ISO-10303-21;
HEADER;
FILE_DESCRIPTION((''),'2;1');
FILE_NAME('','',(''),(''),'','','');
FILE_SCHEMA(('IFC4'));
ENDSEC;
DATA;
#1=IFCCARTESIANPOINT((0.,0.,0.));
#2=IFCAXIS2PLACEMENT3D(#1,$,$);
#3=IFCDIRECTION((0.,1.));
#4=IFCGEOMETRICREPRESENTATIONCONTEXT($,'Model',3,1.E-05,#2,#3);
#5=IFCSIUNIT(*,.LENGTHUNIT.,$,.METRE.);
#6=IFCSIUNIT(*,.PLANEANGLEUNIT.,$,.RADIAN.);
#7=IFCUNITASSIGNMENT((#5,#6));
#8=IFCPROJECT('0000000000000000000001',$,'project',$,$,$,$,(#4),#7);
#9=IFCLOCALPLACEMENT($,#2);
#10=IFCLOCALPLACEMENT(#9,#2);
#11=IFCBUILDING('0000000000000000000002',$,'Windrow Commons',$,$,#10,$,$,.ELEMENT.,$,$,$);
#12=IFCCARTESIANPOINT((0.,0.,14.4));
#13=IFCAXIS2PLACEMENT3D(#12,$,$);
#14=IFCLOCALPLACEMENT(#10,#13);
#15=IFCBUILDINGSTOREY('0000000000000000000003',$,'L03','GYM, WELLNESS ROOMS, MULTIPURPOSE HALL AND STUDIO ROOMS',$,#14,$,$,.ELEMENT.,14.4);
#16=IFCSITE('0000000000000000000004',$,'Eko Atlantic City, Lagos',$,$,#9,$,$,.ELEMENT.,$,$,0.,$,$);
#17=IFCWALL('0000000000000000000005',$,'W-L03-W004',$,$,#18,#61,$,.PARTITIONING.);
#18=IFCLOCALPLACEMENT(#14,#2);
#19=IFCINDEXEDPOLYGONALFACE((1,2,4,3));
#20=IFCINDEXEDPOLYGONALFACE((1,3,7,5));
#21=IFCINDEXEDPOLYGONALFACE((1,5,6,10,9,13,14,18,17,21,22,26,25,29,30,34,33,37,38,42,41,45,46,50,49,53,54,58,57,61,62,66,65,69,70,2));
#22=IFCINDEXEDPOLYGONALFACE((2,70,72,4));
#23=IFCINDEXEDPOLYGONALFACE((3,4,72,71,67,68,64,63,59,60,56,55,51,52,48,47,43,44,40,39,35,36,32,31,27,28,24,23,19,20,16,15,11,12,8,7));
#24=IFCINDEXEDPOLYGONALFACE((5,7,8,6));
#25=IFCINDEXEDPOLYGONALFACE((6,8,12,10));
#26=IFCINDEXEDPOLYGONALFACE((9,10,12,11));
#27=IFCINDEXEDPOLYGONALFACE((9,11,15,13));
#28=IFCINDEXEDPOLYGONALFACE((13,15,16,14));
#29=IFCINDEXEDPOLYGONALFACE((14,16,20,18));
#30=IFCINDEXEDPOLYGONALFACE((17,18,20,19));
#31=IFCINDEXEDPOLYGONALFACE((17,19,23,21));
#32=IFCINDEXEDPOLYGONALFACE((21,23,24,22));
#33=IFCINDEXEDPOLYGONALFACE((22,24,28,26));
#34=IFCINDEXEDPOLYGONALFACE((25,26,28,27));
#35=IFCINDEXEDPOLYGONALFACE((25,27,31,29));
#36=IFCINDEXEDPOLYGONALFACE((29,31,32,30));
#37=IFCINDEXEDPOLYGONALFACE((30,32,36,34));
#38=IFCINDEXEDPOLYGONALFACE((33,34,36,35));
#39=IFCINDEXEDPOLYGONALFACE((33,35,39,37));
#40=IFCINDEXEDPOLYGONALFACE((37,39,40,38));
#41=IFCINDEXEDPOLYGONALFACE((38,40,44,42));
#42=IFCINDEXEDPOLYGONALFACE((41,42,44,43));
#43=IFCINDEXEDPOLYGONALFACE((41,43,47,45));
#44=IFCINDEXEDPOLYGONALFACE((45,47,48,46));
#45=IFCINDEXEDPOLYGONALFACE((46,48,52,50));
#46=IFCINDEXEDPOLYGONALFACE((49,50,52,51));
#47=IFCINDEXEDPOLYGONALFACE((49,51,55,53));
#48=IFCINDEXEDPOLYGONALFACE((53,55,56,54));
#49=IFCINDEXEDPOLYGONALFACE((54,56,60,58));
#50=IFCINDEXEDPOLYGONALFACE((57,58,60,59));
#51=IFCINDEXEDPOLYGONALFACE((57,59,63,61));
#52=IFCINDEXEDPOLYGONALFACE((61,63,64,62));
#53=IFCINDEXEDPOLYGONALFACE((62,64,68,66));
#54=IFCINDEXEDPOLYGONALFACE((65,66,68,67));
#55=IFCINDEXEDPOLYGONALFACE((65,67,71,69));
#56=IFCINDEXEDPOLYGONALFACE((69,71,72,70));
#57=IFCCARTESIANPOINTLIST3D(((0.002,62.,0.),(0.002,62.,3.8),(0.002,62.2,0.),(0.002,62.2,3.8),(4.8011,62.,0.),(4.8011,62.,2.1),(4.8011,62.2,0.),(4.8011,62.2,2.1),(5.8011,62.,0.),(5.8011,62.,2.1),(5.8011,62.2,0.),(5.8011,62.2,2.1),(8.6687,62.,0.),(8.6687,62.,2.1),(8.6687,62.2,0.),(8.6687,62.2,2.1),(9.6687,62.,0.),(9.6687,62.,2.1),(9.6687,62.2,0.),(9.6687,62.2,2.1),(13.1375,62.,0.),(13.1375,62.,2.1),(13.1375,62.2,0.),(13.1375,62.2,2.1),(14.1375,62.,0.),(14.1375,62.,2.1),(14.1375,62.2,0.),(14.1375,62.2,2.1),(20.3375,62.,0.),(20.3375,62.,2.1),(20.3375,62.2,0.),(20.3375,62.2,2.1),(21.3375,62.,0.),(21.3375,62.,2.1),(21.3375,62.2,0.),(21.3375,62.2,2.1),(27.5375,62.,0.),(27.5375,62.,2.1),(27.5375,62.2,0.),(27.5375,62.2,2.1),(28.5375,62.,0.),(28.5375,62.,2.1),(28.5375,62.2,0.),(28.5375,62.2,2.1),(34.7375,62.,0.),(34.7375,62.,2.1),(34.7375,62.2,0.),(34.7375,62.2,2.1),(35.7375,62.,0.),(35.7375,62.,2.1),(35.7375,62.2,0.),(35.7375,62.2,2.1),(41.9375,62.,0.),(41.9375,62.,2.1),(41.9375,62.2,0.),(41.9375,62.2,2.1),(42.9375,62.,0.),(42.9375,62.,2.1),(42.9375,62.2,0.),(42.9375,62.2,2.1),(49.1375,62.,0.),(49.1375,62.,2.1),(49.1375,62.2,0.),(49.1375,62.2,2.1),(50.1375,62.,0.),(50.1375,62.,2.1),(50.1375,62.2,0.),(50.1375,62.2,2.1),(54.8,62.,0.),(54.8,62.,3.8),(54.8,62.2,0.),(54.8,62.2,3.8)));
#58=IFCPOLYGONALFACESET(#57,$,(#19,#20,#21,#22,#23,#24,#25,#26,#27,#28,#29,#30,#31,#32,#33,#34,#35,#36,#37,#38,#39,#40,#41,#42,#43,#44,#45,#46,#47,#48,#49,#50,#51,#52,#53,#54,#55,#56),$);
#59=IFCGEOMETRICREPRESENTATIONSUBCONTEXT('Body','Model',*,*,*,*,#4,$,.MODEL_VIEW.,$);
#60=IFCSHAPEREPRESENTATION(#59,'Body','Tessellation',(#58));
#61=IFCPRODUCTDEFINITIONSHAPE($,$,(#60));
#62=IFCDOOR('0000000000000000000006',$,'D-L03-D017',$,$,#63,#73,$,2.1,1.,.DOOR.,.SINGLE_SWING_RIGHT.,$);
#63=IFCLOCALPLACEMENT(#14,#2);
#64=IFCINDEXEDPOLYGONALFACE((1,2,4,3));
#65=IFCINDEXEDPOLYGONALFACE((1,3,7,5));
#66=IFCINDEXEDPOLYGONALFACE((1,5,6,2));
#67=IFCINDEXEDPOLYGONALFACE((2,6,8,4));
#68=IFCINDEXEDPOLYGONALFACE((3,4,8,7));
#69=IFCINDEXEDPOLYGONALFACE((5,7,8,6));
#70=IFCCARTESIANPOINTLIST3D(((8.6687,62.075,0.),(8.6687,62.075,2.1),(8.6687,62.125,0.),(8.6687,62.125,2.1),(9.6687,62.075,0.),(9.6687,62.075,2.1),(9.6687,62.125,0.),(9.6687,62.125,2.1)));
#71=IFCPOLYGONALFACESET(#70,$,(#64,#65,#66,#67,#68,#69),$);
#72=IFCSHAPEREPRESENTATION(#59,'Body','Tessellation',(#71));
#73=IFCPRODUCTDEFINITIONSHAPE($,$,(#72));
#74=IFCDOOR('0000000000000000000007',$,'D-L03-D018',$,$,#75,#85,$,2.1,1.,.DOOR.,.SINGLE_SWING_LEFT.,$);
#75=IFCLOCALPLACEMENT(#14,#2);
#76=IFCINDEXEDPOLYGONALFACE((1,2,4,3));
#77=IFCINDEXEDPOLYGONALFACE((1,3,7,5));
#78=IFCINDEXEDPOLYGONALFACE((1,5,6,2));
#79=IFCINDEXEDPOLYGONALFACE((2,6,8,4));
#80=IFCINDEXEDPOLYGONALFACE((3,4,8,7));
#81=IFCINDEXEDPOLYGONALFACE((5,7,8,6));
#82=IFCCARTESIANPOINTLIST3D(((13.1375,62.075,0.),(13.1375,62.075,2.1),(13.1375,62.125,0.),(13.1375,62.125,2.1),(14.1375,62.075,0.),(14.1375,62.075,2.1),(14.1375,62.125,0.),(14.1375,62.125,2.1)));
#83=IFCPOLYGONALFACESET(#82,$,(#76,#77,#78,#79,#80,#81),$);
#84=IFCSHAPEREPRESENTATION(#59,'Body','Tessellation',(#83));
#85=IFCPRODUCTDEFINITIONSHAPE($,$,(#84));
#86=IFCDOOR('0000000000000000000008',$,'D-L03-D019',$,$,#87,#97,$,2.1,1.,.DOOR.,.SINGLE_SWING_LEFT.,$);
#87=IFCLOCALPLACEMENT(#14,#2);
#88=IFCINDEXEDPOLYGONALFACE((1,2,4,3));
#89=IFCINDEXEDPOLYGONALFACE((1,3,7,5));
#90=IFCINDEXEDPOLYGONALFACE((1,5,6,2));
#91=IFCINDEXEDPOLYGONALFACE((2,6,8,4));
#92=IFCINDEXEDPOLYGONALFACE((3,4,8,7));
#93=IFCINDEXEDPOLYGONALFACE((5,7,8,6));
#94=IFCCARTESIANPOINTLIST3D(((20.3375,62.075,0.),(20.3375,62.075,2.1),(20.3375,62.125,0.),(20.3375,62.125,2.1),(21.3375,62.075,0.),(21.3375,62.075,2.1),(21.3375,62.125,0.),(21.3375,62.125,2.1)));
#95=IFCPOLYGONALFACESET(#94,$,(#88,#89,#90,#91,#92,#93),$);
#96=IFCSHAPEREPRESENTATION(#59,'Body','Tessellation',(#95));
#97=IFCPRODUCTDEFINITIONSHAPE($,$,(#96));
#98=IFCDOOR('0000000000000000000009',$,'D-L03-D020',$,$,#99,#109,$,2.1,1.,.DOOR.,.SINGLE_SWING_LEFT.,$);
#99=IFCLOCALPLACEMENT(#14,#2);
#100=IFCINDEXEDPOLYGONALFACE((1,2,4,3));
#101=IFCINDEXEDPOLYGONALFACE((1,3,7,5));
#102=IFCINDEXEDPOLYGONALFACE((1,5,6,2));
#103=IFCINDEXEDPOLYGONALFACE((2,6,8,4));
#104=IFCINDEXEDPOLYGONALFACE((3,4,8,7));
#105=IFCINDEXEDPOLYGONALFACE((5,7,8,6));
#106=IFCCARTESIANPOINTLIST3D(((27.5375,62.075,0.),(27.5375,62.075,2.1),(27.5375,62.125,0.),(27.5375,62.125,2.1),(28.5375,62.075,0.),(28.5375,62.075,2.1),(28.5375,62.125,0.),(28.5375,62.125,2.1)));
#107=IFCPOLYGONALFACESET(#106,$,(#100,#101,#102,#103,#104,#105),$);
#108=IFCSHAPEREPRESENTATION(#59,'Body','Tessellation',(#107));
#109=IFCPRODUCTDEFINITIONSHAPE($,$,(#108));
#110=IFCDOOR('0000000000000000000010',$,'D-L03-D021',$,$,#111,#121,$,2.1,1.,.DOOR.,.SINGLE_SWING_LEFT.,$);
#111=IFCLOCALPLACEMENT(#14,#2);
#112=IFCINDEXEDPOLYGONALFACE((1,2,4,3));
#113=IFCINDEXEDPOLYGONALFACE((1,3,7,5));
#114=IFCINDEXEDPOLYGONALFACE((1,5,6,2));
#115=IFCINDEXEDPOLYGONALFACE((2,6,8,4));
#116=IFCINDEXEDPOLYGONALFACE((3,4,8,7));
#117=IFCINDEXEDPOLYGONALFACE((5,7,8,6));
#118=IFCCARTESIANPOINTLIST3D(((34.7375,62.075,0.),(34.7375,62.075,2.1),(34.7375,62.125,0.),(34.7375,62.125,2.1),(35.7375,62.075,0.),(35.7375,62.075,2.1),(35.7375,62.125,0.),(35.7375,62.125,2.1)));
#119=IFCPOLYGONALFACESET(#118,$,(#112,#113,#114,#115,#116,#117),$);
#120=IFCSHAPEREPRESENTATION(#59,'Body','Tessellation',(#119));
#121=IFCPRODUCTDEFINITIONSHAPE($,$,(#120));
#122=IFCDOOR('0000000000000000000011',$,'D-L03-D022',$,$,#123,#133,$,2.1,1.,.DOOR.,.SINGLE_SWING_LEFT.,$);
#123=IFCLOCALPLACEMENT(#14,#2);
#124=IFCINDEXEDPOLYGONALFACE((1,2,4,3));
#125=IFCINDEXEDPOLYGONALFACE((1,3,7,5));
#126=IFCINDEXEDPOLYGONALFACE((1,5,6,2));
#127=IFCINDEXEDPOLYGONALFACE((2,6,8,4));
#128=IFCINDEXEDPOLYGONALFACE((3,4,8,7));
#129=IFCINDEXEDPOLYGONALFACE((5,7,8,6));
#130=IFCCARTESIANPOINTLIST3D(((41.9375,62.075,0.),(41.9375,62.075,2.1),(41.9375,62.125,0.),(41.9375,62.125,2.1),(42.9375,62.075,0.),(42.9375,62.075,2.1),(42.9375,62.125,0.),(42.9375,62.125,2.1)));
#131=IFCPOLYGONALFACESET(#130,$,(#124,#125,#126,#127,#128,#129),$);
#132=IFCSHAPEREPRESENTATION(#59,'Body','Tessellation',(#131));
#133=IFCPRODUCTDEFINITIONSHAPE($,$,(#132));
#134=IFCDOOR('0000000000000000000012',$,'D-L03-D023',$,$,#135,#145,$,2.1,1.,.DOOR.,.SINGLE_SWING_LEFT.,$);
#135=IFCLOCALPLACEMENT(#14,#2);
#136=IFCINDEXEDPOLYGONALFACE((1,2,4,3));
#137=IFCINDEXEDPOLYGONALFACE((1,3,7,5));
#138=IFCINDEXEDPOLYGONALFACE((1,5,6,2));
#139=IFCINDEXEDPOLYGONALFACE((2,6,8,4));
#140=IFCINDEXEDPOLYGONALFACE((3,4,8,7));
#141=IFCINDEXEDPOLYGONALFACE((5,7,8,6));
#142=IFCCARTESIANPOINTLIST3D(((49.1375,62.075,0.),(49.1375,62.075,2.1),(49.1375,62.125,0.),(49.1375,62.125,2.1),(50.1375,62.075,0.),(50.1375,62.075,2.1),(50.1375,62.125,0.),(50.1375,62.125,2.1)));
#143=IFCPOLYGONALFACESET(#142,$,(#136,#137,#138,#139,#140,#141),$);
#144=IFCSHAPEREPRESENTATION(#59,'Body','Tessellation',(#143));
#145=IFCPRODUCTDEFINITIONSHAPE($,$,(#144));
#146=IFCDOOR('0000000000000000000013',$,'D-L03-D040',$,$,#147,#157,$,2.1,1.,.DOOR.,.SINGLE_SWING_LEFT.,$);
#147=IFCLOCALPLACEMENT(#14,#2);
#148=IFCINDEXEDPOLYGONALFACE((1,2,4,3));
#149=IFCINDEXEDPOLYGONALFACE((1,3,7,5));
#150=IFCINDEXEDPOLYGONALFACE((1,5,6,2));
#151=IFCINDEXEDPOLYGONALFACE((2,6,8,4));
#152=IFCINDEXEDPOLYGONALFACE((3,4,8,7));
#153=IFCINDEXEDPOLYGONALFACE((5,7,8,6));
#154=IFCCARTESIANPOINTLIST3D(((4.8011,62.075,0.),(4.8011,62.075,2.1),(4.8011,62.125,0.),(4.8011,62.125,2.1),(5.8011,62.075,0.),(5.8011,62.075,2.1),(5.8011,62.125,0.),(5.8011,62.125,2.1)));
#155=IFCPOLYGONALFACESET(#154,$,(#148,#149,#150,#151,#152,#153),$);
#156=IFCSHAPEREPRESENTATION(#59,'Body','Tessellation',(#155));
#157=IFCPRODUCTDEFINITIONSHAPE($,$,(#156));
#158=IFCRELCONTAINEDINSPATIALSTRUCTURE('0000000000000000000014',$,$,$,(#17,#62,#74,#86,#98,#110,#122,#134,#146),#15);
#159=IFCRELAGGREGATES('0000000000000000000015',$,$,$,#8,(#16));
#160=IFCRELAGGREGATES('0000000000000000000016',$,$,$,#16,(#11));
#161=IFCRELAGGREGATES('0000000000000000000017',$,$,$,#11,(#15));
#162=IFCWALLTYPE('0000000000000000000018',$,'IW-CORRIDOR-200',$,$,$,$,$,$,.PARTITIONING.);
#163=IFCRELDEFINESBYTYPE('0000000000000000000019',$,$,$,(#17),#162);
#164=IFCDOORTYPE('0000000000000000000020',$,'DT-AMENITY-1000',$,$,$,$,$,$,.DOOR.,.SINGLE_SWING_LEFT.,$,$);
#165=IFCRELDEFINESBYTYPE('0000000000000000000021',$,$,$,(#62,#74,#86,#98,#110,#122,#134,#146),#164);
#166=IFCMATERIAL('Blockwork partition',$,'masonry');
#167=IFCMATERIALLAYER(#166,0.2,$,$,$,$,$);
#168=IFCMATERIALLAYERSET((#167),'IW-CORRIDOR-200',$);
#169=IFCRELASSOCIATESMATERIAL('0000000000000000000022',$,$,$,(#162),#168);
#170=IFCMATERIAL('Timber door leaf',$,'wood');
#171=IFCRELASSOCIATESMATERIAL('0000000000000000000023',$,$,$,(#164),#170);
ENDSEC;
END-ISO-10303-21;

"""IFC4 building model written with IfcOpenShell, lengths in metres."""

from ifc_helpers import new_model, si_unit, direction, frame, frame_2d, origin, place, context, subcontext, project, spatial, rectangle, extrude, material, layer, layer_set, type_object, element, fill, save


model = new_model("IFC4")

# Units and contexts
model_context = context("Model", 3, precision=1e-05, world=origin(), true_north=direction((0.0, 1.0)))
body_context = subcontext(model_context, "Body", "Model", "MODEL_VIEW")
ifc_project = project(units=[si_unit("LENGTHUNIT", "METRE"), si_unit("PLANEANGLEUNIT", "RADIAN")], contexts=[model_context])

# Site, building, storey
site_placement = place(None, origin())
site = spatial("IfcSite", under=ifc_project, at=site_placement, Name="Eko Atlantic City, Lagos", CompositionType="ELEMENT", RefElevation=0.0)
building_placement = place(site_placement, origin())
building = spatial("IfcBuilding", under=site, at=building_placement, Name="Windrow Commons", CompositionType="ELEMENT")
storey_placement = place(building_placement, frame((0.0, 0.0, 14.4)))
storey = spatial("IfcBuildingStorey", under=building, at=storey_placement, Name="L03", Description="GYM, WELLNESS ROOMS, MULTIPURPOSE HALL AND STUDIO ROOMS", CompositionType="ELEMENT", Elevation=14.4)

# Wall, openings, doors
ifc_material_1 = material(Name="Blockwork partition", Category="masonry")
ifc_layer_1 = layer(ifc_material_1, 0.2)
ifc_layer_set_1 = layer_set([ifc_layer_1], Name="IW-CORRIDOR-200")
wall_type_1 = type_object("IfcWallType", Name="IW-CORRIDOR-200", PredefinedType="PARTITIONING", material=ifc_layer_set_1)
wall_1_placement = place(storey_placement, frame((0.002, 62.1, 0.0), z_axis=(0.0, 0.0, 1.0), x_axis=(1.0, 0.0, 0.0)))
wall_1 = element("IfcWall", 1, at=wall_1_placement, inside=storey, type_object=wall_type_1, Name="W-L03-W004", PredefinedType="PARTITIONING", context=body_context, shape_type="SweptSolid", body=[
    extrude(rectangle(XDim=54.798, YDim=0.2, at=frame_2d((27.399, 0.0))), origin(), (0.0, 0.0, 1.0), 3.8),
])
opening_1_placement = place(wall_1_placement, frame((8.6667, 0.0, 0.0)))
opening_1 = element("IfcOpeningElement", 2, at=opening_1_placement, cuts=wall_1, PredefinedType="OPENING", context=body_context, shape_type="SweptSolid", body=[
    extrude(rectangle(XDim=1.0, YDim=2.1, at=frame_2d((0.5, 1.05))), frame((0.0, 0.11, 0.0), z_axis=(0.0, -1.0, 0.0), x_axis=(1.0, 0.0, 0.0)), (0.0, 0.0, 1.0), 0.22),
])
opening_2_placement = place(wall_1_placement, frame((13.1355, 0.0, 0.0)))
opening_2 = element("IfcOpeningElement", 3, at=opening_2_placement, cuts=wall_1, PredefinedType="OPENING", context=body_context, shape_type="SweptSolid", body=[
    extrude(rectangle(XDim=1.0, YDim=2.1, at=frame_2d((0.5, 1.05))), frame((0.0, 0.11, 0.0), z_axis=(0.0, -1.0, 0.0), x_axis=(1.0, 0.0, 0.0)), (0.0, 0.0, 1.0), 0.22),
])
opening_3_placement = place(wall_1_placement, frame((20.3355, 0.0, 0.0)))
opening_3 = element("IfcOpeningElement", 4, at=opening_3_placement, cuts=wall_1, PredefinedType="OPENING", context=body_context, shape_type="SweptSolid", body=[
    extrude(rectangle(XDim=1.0, YDim=2.1, at=frame_2d((0.5, 1.05))), frame((0.0, 0.11, 0.0), z_axis=(0.0, -1.0, 0.0), x_axis=(1.0, 0.0, 0.0)), (0.0, 0.0, 1.0), 0.22),
])
opening_4_placement = place(wall_1_placement, frame((27.5355, 0.0, 0.0)))
opening_4 = element("IfcOpeningElement", 5, at=opening_4_placement, cuts=wall_1, PredefinedType="OPENING", context=body_context, shape_type="SweptSolid", body=[
    extrude(rectangle(XDim=1.0, YDim=2.1, at=frame_2d((0.5, 1.05))), frame((0.0, 0.11, 0.0), z_axis=(0.0, -1.0, 0.0), x_axis=(1.0, 0.0, 0.0)), (0.0, 0.0, 1.0), 0.22),
])
opening_5_placement = place(wall_1_placement, frame((34.7355, 0.0, 0.0)))
opening_5 = element("IfcOpeningElement", 6, at=opening_5_placement, cuts=wall_1, PredefinedType="OPENING", context=body_context, shape_type="SweptSolid", body=[
    extrude(rectangle(XDim=1.0, YDim=2.1, at=frame_2d((0.5, 1.05))), frame((0.0, 0.11, 0.0), z_axis=(0.0, -1.0, 0.0), x_axis=(1.0, 0.0, 0.0)), (0.0, 0.0, 1.0), 0.22),
])
opening_6_placement = place(wall_1_placement, frame((41.9355, 0.0, 0.0)))
opening_6 = element("IfcOpeningElement", 7, at=opening_6_placement, cuts=wall_1, PredefinedType="OPENING", context=body_context, shape_type="SweptSolid", body=[
    extrude(rectangle(XDim=1.0, YDim=2.1, at=frame_2d((0.5, 1.05))), frame((0.0, 0.11, 0.0), z_axis=(0.0, -1.0, 0.0), x_axis=(1.0, 0.0, 0.0)), (0.0, 0.0, 1.0), 0.22),
])
opening_7_placement = place(wall_1_placement, frame((49.1355, 0.0, 0.0)))
opening_7 = element("IfcOpeningElement", 8, at=opening_7_placement, cuts=wall_1, PredefinedType="OPENING", context=body_context, shape_type="SweptSolid", body=[
    extrude(rectangle(XDim=1.0, YDim=2.1, at=frame_2d((0.5, 1.05))), frame((0.0, 0.11, 0.0), z_axis=(0.0, -1.0, 0.0), x_axis=(1.0, 0.0, 0.0)), (0.0, 0.0, 1.0), 0.22),
])
opening_8_placement = place(wall_1_placement, frame((4.7991, 0.0, 0.0)))
opening_8 = element("IfcOpeningElement", 9, at=opening_8_placement, cuts=wall_1, PredefinedType="OPENING", context=body_context, shape_type="SweptSolid", body=[
    extrude(rectangle(XDim=1.0, YDim=2.1, at=frame_2d((0.5, 1.05))), frame((0.0, 0.11, 0.0), z_axis=(0.0, -1.0, 0.0), x_axis=(1.0, 0.0, 0.0)), (0.0, 0.0, 1.0), 0.22),
])
ifc_material_2 = material(Name="Timber door leaf", Category="wood")
door_type = type_object("IfcDoorType", Name="DT-AMENITY-1000", OperationType="SINGLE_SWING_LEFT", PredefinedType="DOOR", material=ifc_material_2)
door_1_placement = place(opening_1_placement, origin())
door_1 = element("IfcDoor", 10, at=door_1_placement, inside=storey, type_object=door_type, Name="D-L03-D017", OperationType="SINGLE_SWING_RIGHT", OverallHeight=2.1, OverallWidth=1.0, PredefinedType="DOOR", context=body_context, shape_type="SweptSolid", body=[
    extrude(rectangle(XDim=1.0, YDim=2.1, at=frame_2d((0.5, 1.05))), frame((0.0, 0.025, 0.0), z_axis=(0.0, -1.0, 0.0), x_axis=(1.0, 0.0, 0.0)), (0.0, 0.0, 1.0), 0.05),
])
fill(opening_1, door_1)
door_2_placement = place(opening_2_placement, origin())
door_2 = element("IfcDoor", 11, at=door_2_placement, inside=storey, type_object=door_type, Name="D-L03-D018", OperationType="SINGLE_SWING_LEFT", OverallHeight=2.1, OverallWidth=1.0, PredefinedType="DOOR", context=body_context, shape_type="SweptSolid", body=[
    extrude(rectangle(XDim=1.0, YDim=2.1, at=frame_2d((0.5, 1.05))), frame((0.0, 0.025, 0.0), z_axis=(0.0, -1.0, 0.0), x_axis=(1.0, 0.0, 0.0)), (0.0, 0.0, 1.0), 0.05),
])
fill(opening_2, door_2)
door_3_placement = place(opening_3_placement, origin())
door_3 = element("IfcDoor", 12, at=door_3_placement, inside=storey, type_object=door_type, Name="D-L03-D019", OperationType="SINGLE_SWING_LEFT", OverallHeight=2.1, OverallWidth=1.0, PredefinedType="DOOR", context=body_context, shape_type="SweptSolid", body=[
    extrude(rectangle(XDim=1.0, YDim=2.1, at=frame_2d((0.5, 1.05))), frame((0.0, 0.025, 0.0), z_axis=(0.0, -1.0, 0.0), x_axis=(1.0, 0.0, 0.0)), (0.0, 0.0, 1.0), 0.05),
])
fill(opening_3, door_3)
door_4_placement = place(opening_4_placement, origin())
door_4 = element("IfcDoor", 13, at=door_4_placement, inside=storey, type_object=door_type, Name="D-L03-D020", OperationType="SINGLE_SWING_LEFT", OverallHeight=2.1, OverallWidth=1.0, PredefinedType="DOOR", context=body_context, shape_type="SweptSolid", body=[
    extrude(rectangle(XDim=1.0, YDim=2.1, at=frame_2d((0.5, 1.05))), frame((0.0, 0.025, 0.0), z_axis=(0.0, -1.0, 0.0), x_axis=(1.0, 0.0, 0.0)), (0.0, 0.0, 1.0), 0.05),
])
fill(opening_4, door_4)
door_5_placement = place(opening_5_placement, origin())
door_5 = element("IfcDoor", 14, at=door_5_placement, inside=storey, type_object=door_type, Name="D-L03-D021", OperationType="SINGLE_SWING_LEFT", OverallHeight=2.1, OverallWidth=1.0, PredefinedType="DOOR", context=body_context, shape_type="SweptSolid", body=[
    extrude(rectangle(XDim=1.0, YDim=2.1, at=frame_2d((0.5, 1.05))), frame((0.0, 0.025, 0.0), z_axis=(0.0, -1.0, 0.0), x_axis=(1.0, 0.0, 0.0)), (0.0, 0.0, 1.0), 0.05),
])
fill(opening_5, door_5)
door_6_placement = place(opening_6_placement, origin())
door_6 = element("IfcDoor", 15, at=door_6_placement, inside=storey, type_object=door_type, Name="D-L03-D022", OperationType="SINGLE_SWING_LEFT", OverallHeight=2.1, OverallWidth=1.0, PredefinedType="DOOR", context=body_context, shape_type="SweptSolid", body=[
    extrude(rectangle(XDim=1.0, YDim=2.1, at=frame_2d((0.5, 1.05))), frame((0.0, 0.025, 0.0), z_axis=(0.0, -1.0, 0.0), x_axis=(1.0, 0.0, 0.0)), (0.0, 0.0, 1.0), 0.05),
])
fill(opening_6, door_6)
door_7_placement = place(opening_7_placement, origin())
door_7 = element("IfcDoor", 16, at=door_7_placement, inside=storey, type_object=door_type, Name="D-L03-D023", OperationType="SINGLE_SWING_LEFT", OverallHeight=2.1, OverallWidth=1.0, PredefinedType="DOOR", context=body_context, shape_type="SweptSolid", body=[
    extrude(rectangle(XDim=1.0, YDim=2.1, at=frame_2d((0.5, 1.05))), frame((0.0, 0.025, 0.0), z_axis=(0.0, -1.0, 0.0), x_axis=(1.0, 0.0, 0.0)), (0.0, 0.0, 1.0), 0.05),
])
fill(opening_7, door_7)
door_8_placement = place(opening_8_placement, origin())
door_8 = element("IfcDoor", 17, at=door_8_placement, inside=storey, type_object=door_type, Name="D-L03-D040", OperationType="SINGLE_SWING_LEFT", OverallHeight=2.1, OverallWidth=1.0, PredefinedType="DOOR", context=body_context, shape_type="SweptSolid", body=[
    extrude(rectangle(XDim=1.0, YDim=2.1, at=frame_2d((0.5, 1.05))), frame((0.0, 0.025, 0.0), z_axis=(0.0, -1.0, 0.0), x_axis=(1.0, 0.0, 0.0)), (0.0, 0.0, 1.0), 0.05),
])
fill(opening_8, door_8)

save(model, "model.ifc")
